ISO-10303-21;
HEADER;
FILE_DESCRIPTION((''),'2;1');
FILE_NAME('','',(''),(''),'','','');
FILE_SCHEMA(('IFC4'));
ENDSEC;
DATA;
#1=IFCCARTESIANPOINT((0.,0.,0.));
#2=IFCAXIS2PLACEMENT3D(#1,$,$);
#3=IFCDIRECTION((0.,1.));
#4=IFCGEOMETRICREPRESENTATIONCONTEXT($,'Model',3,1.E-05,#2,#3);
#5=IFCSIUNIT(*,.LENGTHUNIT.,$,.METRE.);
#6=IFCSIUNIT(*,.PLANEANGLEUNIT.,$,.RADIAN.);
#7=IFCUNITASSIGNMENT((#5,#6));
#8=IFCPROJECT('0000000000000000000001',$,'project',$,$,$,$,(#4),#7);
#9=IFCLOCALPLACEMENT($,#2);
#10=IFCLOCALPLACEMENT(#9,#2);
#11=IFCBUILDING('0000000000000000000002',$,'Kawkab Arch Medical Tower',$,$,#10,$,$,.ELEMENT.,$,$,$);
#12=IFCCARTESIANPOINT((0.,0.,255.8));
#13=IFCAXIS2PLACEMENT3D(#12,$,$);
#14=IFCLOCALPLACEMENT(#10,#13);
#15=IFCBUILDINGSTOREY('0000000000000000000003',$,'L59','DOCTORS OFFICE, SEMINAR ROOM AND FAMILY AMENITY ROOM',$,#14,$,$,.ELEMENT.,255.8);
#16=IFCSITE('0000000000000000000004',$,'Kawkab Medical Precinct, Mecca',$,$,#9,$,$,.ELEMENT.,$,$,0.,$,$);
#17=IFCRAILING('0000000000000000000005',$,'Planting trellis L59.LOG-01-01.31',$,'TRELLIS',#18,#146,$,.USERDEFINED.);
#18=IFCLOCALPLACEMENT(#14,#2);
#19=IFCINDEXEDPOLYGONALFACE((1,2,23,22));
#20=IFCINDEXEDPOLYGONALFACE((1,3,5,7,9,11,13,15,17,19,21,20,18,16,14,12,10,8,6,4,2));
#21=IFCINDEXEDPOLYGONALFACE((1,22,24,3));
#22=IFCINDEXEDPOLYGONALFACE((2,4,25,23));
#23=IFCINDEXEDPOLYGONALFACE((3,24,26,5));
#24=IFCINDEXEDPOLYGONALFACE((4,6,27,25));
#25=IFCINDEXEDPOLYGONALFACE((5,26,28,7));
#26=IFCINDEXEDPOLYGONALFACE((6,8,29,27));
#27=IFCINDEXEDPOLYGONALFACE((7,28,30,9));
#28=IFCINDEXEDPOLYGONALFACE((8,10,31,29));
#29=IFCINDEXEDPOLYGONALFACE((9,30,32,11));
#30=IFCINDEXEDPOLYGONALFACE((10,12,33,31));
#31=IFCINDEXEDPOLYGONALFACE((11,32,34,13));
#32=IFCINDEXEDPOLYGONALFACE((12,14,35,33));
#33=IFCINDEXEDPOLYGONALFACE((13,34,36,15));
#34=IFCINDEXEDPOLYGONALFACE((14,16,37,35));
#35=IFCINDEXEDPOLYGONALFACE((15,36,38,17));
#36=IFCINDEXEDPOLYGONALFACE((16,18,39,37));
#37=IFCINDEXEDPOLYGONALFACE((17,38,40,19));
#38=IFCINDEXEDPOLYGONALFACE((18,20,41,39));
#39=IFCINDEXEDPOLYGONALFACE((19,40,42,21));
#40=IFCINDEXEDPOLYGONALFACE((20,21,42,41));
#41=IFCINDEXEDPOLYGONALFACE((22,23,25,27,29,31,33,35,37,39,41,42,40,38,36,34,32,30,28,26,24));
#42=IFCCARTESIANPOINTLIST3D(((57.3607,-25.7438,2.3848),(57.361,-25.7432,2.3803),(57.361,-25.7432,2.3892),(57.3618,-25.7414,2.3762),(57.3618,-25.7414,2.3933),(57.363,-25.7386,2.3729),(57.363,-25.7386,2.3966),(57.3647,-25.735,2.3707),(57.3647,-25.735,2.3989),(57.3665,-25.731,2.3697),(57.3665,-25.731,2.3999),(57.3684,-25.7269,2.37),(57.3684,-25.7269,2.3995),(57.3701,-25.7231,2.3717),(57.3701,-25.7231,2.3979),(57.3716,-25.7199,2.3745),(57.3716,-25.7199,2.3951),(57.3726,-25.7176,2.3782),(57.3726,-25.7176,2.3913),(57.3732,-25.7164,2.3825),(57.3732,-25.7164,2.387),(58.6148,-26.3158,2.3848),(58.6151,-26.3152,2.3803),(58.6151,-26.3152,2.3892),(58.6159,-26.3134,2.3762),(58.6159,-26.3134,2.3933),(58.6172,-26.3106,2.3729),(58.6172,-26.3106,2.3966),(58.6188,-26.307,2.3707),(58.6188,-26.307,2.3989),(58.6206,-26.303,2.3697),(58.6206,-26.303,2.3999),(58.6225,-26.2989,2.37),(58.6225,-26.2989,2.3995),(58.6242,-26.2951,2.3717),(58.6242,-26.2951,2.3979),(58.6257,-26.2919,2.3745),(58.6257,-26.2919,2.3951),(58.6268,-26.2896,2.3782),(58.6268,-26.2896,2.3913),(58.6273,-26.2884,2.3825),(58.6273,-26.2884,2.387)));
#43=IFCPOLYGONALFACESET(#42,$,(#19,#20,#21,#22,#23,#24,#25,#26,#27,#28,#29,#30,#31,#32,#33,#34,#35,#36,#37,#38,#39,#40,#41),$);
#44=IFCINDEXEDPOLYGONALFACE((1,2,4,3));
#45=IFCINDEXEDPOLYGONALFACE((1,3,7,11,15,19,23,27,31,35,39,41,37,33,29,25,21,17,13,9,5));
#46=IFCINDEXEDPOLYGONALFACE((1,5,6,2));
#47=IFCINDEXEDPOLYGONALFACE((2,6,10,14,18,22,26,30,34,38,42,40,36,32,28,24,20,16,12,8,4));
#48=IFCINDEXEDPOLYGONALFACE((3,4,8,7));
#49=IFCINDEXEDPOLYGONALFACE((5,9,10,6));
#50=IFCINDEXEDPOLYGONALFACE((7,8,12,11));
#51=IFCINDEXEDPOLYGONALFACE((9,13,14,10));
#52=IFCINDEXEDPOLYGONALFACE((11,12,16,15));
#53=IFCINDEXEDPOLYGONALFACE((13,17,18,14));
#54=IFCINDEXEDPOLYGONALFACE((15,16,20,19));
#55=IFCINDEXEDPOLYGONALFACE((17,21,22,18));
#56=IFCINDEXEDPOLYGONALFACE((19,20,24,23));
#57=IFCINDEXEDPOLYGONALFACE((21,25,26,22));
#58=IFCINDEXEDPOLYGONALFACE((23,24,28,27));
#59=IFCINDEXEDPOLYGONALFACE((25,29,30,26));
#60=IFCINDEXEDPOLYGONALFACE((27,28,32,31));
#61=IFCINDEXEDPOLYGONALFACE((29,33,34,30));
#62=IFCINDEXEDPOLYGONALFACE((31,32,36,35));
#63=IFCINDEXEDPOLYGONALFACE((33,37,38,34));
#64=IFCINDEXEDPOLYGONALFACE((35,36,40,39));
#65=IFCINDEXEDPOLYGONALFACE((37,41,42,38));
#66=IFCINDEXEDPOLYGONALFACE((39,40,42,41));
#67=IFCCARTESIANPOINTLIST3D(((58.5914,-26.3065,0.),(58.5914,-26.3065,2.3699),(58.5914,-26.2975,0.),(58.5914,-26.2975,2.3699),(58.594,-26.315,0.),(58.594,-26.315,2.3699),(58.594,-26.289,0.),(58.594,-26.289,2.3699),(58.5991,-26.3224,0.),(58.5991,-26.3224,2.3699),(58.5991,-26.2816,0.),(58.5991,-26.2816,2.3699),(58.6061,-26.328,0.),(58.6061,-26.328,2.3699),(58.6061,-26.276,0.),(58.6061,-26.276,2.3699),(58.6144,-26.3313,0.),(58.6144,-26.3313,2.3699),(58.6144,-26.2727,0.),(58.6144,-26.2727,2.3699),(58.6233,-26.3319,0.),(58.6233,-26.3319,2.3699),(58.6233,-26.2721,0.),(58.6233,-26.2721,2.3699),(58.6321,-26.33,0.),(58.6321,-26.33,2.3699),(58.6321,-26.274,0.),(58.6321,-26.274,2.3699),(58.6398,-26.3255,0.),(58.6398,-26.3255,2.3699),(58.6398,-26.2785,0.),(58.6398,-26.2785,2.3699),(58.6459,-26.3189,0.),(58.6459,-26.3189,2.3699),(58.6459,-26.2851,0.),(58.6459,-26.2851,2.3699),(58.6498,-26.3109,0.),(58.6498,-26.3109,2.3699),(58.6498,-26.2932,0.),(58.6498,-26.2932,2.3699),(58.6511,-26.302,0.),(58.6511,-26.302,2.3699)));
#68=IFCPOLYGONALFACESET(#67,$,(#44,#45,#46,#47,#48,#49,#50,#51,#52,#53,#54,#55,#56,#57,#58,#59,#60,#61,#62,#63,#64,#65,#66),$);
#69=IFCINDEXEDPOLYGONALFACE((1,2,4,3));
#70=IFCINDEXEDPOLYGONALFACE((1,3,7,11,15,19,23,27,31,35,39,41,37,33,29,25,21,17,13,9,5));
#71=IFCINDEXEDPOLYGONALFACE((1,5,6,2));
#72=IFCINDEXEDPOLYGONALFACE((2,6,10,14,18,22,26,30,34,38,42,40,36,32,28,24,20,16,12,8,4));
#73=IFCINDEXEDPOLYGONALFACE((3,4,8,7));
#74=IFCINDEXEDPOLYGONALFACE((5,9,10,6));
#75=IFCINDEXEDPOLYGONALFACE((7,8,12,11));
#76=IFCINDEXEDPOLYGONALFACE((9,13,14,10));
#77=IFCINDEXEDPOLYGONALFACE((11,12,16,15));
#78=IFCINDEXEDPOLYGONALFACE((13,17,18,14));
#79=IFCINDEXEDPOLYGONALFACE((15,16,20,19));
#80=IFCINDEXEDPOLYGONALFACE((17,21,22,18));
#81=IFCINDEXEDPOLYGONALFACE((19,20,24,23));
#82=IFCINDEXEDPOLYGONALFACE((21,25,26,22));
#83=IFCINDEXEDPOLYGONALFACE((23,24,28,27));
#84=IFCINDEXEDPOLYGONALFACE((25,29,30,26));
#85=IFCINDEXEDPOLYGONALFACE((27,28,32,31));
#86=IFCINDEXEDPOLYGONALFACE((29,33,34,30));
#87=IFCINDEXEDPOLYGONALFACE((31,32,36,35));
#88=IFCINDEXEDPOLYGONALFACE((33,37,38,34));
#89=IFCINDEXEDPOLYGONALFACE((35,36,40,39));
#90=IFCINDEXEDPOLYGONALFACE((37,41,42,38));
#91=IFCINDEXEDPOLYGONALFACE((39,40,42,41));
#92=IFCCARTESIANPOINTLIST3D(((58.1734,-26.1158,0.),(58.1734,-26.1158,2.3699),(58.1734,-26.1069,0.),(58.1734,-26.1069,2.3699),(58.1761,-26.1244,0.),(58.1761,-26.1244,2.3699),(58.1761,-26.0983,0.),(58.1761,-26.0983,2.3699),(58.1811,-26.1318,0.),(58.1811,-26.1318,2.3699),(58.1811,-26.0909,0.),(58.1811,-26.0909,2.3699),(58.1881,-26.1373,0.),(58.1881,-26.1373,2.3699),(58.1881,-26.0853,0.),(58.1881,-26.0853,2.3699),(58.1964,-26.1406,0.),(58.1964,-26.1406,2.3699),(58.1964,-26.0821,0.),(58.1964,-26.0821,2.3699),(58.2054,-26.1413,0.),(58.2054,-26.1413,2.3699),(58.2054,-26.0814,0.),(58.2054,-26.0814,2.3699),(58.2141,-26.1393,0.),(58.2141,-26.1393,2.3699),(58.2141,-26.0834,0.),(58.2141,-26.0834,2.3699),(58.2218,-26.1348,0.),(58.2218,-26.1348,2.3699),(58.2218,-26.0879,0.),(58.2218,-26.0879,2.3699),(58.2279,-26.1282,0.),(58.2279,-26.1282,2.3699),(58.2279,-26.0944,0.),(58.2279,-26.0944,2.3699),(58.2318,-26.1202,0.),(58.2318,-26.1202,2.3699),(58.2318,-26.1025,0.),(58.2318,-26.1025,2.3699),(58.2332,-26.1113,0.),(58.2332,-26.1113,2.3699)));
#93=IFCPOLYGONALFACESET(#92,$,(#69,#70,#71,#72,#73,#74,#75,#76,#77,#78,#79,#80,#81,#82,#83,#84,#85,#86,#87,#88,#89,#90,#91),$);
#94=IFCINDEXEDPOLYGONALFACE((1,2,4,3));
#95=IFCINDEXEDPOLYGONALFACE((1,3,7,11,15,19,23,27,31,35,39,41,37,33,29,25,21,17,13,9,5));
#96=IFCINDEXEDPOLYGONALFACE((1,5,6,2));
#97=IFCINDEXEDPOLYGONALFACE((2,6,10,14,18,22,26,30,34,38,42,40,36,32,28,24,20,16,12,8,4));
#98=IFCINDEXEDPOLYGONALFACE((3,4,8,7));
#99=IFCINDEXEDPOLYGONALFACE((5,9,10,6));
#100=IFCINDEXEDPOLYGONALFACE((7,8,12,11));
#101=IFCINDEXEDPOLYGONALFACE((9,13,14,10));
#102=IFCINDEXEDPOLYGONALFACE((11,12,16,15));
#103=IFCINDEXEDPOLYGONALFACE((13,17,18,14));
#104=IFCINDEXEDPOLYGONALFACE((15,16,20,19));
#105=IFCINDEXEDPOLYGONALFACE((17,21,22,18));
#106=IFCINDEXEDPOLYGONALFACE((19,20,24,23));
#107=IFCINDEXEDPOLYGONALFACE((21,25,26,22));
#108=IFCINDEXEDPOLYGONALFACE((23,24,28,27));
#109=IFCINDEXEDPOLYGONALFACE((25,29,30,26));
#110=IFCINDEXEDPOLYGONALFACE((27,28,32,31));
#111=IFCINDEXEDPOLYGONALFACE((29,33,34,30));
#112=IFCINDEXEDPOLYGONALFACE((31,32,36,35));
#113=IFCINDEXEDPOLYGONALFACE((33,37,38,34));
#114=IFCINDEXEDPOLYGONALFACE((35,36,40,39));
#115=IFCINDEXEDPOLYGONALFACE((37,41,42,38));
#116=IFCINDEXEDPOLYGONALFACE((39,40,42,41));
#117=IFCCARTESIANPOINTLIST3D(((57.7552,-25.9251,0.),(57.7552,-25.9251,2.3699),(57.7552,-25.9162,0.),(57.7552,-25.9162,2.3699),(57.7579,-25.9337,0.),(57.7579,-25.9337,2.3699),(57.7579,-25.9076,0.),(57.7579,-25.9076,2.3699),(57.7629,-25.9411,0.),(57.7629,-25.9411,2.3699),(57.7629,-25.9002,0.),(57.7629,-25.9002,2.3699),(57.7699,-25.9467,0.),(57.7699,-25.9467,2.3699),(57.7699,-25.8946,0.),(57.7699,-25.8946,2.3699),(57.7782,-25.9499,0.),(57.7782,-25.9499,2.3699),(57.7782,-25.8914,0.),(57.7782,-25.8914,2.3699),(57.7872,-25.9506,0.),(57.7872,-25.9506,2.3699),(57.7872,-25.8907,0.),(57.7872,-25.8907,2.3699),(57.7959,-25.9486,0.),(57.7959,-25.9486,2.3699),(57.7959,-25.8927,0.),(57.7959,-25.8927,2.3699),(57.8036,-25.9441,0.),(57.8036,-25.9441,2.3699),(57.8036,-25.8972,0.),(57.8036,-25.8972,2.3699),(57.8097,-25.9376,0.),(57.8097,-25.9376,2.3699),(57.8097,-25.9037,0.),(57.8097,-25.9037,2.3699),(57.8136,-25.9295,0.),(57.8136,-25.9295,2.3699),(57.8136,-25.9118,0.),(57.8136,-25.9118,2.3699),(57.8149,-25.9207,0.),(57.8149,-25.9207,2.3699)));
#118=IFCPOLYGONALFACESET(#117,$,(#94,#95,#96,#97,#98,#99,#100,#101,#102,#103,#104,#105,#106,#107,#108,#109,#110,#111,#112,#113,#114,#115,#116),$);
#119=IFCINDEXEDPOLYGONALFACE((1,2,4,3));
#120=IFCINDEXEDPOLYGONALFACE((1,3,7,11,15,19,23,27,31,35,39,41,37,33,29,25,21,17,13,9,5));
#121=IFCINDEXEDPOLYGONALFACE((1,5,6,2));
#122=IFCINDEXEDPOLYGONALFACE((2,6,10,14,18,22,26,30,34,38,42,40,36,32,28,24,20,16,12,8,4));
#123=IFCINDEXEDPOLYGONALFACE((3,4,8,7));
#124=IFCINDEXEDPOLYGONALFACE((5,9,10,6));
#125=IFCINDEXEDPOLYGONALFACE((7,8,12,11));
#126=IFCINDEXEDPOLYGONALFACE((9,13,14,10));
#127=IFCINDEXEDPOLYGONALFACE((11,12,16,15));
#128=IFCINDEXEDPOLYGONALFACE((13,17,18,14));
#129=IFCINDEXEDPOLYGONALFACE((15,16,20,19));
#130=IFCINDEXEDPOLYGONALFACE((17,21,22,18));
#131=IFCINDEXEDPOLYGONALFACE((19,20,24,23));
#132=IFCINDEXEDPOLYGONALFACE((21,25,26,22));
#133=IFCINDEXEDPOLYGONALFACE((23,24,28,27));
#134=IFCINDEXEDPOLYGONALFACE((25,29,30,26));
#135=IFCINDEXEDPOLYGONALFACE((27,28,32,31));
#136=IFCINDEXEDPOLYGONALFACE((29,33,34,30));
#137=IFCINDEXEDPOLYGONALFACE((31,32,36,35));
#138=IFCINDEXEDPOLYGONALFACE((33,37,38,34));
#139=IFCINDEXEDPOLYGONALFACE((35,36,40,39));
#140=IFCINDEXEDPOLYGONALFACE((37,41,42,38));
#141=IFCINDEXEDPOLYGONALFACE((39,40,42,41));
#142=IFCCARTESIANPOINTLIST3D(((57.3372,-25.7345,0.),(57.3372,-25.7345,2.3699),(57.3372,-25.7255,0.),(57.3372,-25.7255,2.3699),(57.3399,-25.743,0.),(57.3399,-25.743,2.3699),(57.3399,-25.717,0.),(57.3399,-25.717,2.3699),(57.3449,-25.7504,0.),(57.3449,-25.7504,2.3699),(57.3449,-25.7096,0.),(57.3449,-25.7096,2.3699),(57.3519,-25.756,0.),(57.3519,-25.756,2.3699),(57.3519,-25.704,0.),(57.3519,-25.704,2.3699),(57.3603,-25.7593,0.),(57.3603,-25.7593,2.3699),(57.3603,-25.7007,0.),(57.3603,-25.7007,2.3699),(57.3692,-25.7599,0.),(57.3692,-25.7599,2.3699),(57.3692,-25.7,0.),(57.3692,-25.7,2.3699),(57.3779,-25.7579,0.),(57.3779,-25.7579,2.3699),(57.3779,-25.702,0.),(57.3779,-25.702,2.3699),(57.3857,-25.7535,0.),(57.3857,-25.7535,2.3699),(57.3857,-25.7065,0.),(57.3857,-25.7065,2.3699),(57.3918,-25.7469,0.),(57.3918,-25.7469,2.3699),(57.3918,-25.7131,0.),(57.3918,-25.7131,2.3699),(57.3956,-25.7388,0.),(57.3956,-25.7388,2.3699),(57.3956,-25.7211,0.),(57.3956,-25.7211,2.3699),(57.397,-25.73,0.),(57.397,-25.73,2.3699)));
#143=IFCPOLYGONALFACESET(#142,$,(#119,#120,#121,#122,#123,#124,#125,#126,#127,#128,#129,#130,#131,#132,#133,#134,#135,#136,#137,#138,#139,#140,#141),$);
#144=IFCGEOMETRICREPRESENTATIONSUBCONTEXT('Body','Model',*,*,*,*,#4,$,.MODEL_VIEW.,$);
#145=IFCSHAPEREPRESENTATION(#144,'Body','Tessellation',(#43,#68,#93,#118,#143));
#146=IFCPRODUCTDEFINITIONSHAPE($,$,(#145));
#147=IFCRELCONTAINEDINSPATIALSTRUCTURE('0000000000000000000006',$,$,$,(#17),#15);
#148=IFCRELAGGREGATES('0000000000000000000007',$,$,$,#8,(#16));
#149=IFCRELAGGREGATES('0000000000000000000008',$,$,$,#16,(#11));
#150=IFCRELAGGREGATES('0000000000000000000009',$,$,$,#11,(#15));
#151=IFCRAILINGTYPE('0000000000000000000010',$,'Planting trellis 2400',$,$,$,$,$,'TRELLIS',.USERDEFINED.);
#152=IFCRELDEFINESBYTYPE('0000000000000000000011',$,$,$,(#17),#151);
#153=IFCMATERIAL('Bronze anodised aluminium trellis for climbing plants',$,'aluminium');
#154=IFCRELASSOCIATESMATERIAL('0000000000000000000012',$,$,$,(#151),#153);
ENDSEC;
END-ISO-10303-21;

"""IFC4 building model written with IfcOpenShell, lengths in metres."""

from ifc_helpers import new_model, si_unit, direction, frame, origin, origin_2d, place, context, subcontext, project, spatial, circle, extrude, material, type_object, element, save


model = new_model("IFC4")

# Units and contexts
model_context = context("Model", 3, precision=1e-05, world=origin(), true_north=direction((0.0, 1.0)))
body_context = subcontext(model_context, "Body", "Model", "MODEL_VIEW")
ifc_project = project(units=[si_unit("LENGTHUNIT", "METRE"), si_unit("PLANEANGLEUNIT", "RADIAN")], contexts=[model_context])

# Site, building, storey
site_placement = place(None, origin())
site = spatial("IfcSite", under=ifc_project, at=site_placement, Name="Kawkab Medical Precinct, Mecca", CompositionType="ELEMENT", RefElevation=0.0)
building_placement = place(site_placement, origin())
building = spatial("IfcBuilding", under=site, at=building_placement, Name="Kawkab Arch Medical Tower", CompositionType="ELEMENT")
storey_placement = place(building_placement, frame((0.0, 0.0, 255.8)))
storey = spatial("IfcBuildingStorey", under=building, at=storey_placement, Name="L59", Description="DOCTORS OFFICE, SEMINAR ROOM AND FAMILY AMENITY ROOM", CompositionType="ELEMENT", Elevation=255.8)

# Railing
ifc_material_1 = material(Name="Bronze anodised aluminium trellis for climbing plants", Category="aluminium")
railing_type = type_object("IfcRailingType", Name="Planting trellis 2400", ElementType="TRELLIS", PredefinedType="USERDEFINED", material=ifc_material_1)
railing_1_placement = place(storey_placement, frame((58.6211, -26.302, 0.0)))
element("IfcRailing", 1, at=railing_1_placement, inside=storey, type_object=railing_type, Name="Planting trellis L59.LOG-01-01.31", ObjectType="TRELLIS", PredefinedType="USERDEFINED", context=body_context, shape_type="SweptSolid", body=[
    extrude(circle(Radius=0.0151, at=origin_2d()), frame((0.0, 0.0, 2.3848), z_axis=(-0.909832, 0.414977, 0.0), x_axis=(-0.414977, -0.909832, 0.0)), (0.0, 0.0, 1.0), 1.3784),
    extrude(circle(Radius=0.03, at=origin_2d()), origin(), (0.0, 0.0, 1.0), 2.3699),
    extrude(circle(Radius=0.03, at=origin_2d()), frame((-0.418, 0.1907, 0.0)), (0.0, 0.0, 1.0), 2.3699),
    extrude(circle(Radius=0.03, at=origin_2d()), frame((-0.8362, 0.3813, 0.0)), (0.0, 0.0, 1.0), 2.3699),
    extrude(circle(Radius=0.03, at=origin_2d()), frame((-1.2542, 0.572, 0.0)), (0.0, 0.0, 1.0), 2.3699),
])

save(model, "model.ifc")
